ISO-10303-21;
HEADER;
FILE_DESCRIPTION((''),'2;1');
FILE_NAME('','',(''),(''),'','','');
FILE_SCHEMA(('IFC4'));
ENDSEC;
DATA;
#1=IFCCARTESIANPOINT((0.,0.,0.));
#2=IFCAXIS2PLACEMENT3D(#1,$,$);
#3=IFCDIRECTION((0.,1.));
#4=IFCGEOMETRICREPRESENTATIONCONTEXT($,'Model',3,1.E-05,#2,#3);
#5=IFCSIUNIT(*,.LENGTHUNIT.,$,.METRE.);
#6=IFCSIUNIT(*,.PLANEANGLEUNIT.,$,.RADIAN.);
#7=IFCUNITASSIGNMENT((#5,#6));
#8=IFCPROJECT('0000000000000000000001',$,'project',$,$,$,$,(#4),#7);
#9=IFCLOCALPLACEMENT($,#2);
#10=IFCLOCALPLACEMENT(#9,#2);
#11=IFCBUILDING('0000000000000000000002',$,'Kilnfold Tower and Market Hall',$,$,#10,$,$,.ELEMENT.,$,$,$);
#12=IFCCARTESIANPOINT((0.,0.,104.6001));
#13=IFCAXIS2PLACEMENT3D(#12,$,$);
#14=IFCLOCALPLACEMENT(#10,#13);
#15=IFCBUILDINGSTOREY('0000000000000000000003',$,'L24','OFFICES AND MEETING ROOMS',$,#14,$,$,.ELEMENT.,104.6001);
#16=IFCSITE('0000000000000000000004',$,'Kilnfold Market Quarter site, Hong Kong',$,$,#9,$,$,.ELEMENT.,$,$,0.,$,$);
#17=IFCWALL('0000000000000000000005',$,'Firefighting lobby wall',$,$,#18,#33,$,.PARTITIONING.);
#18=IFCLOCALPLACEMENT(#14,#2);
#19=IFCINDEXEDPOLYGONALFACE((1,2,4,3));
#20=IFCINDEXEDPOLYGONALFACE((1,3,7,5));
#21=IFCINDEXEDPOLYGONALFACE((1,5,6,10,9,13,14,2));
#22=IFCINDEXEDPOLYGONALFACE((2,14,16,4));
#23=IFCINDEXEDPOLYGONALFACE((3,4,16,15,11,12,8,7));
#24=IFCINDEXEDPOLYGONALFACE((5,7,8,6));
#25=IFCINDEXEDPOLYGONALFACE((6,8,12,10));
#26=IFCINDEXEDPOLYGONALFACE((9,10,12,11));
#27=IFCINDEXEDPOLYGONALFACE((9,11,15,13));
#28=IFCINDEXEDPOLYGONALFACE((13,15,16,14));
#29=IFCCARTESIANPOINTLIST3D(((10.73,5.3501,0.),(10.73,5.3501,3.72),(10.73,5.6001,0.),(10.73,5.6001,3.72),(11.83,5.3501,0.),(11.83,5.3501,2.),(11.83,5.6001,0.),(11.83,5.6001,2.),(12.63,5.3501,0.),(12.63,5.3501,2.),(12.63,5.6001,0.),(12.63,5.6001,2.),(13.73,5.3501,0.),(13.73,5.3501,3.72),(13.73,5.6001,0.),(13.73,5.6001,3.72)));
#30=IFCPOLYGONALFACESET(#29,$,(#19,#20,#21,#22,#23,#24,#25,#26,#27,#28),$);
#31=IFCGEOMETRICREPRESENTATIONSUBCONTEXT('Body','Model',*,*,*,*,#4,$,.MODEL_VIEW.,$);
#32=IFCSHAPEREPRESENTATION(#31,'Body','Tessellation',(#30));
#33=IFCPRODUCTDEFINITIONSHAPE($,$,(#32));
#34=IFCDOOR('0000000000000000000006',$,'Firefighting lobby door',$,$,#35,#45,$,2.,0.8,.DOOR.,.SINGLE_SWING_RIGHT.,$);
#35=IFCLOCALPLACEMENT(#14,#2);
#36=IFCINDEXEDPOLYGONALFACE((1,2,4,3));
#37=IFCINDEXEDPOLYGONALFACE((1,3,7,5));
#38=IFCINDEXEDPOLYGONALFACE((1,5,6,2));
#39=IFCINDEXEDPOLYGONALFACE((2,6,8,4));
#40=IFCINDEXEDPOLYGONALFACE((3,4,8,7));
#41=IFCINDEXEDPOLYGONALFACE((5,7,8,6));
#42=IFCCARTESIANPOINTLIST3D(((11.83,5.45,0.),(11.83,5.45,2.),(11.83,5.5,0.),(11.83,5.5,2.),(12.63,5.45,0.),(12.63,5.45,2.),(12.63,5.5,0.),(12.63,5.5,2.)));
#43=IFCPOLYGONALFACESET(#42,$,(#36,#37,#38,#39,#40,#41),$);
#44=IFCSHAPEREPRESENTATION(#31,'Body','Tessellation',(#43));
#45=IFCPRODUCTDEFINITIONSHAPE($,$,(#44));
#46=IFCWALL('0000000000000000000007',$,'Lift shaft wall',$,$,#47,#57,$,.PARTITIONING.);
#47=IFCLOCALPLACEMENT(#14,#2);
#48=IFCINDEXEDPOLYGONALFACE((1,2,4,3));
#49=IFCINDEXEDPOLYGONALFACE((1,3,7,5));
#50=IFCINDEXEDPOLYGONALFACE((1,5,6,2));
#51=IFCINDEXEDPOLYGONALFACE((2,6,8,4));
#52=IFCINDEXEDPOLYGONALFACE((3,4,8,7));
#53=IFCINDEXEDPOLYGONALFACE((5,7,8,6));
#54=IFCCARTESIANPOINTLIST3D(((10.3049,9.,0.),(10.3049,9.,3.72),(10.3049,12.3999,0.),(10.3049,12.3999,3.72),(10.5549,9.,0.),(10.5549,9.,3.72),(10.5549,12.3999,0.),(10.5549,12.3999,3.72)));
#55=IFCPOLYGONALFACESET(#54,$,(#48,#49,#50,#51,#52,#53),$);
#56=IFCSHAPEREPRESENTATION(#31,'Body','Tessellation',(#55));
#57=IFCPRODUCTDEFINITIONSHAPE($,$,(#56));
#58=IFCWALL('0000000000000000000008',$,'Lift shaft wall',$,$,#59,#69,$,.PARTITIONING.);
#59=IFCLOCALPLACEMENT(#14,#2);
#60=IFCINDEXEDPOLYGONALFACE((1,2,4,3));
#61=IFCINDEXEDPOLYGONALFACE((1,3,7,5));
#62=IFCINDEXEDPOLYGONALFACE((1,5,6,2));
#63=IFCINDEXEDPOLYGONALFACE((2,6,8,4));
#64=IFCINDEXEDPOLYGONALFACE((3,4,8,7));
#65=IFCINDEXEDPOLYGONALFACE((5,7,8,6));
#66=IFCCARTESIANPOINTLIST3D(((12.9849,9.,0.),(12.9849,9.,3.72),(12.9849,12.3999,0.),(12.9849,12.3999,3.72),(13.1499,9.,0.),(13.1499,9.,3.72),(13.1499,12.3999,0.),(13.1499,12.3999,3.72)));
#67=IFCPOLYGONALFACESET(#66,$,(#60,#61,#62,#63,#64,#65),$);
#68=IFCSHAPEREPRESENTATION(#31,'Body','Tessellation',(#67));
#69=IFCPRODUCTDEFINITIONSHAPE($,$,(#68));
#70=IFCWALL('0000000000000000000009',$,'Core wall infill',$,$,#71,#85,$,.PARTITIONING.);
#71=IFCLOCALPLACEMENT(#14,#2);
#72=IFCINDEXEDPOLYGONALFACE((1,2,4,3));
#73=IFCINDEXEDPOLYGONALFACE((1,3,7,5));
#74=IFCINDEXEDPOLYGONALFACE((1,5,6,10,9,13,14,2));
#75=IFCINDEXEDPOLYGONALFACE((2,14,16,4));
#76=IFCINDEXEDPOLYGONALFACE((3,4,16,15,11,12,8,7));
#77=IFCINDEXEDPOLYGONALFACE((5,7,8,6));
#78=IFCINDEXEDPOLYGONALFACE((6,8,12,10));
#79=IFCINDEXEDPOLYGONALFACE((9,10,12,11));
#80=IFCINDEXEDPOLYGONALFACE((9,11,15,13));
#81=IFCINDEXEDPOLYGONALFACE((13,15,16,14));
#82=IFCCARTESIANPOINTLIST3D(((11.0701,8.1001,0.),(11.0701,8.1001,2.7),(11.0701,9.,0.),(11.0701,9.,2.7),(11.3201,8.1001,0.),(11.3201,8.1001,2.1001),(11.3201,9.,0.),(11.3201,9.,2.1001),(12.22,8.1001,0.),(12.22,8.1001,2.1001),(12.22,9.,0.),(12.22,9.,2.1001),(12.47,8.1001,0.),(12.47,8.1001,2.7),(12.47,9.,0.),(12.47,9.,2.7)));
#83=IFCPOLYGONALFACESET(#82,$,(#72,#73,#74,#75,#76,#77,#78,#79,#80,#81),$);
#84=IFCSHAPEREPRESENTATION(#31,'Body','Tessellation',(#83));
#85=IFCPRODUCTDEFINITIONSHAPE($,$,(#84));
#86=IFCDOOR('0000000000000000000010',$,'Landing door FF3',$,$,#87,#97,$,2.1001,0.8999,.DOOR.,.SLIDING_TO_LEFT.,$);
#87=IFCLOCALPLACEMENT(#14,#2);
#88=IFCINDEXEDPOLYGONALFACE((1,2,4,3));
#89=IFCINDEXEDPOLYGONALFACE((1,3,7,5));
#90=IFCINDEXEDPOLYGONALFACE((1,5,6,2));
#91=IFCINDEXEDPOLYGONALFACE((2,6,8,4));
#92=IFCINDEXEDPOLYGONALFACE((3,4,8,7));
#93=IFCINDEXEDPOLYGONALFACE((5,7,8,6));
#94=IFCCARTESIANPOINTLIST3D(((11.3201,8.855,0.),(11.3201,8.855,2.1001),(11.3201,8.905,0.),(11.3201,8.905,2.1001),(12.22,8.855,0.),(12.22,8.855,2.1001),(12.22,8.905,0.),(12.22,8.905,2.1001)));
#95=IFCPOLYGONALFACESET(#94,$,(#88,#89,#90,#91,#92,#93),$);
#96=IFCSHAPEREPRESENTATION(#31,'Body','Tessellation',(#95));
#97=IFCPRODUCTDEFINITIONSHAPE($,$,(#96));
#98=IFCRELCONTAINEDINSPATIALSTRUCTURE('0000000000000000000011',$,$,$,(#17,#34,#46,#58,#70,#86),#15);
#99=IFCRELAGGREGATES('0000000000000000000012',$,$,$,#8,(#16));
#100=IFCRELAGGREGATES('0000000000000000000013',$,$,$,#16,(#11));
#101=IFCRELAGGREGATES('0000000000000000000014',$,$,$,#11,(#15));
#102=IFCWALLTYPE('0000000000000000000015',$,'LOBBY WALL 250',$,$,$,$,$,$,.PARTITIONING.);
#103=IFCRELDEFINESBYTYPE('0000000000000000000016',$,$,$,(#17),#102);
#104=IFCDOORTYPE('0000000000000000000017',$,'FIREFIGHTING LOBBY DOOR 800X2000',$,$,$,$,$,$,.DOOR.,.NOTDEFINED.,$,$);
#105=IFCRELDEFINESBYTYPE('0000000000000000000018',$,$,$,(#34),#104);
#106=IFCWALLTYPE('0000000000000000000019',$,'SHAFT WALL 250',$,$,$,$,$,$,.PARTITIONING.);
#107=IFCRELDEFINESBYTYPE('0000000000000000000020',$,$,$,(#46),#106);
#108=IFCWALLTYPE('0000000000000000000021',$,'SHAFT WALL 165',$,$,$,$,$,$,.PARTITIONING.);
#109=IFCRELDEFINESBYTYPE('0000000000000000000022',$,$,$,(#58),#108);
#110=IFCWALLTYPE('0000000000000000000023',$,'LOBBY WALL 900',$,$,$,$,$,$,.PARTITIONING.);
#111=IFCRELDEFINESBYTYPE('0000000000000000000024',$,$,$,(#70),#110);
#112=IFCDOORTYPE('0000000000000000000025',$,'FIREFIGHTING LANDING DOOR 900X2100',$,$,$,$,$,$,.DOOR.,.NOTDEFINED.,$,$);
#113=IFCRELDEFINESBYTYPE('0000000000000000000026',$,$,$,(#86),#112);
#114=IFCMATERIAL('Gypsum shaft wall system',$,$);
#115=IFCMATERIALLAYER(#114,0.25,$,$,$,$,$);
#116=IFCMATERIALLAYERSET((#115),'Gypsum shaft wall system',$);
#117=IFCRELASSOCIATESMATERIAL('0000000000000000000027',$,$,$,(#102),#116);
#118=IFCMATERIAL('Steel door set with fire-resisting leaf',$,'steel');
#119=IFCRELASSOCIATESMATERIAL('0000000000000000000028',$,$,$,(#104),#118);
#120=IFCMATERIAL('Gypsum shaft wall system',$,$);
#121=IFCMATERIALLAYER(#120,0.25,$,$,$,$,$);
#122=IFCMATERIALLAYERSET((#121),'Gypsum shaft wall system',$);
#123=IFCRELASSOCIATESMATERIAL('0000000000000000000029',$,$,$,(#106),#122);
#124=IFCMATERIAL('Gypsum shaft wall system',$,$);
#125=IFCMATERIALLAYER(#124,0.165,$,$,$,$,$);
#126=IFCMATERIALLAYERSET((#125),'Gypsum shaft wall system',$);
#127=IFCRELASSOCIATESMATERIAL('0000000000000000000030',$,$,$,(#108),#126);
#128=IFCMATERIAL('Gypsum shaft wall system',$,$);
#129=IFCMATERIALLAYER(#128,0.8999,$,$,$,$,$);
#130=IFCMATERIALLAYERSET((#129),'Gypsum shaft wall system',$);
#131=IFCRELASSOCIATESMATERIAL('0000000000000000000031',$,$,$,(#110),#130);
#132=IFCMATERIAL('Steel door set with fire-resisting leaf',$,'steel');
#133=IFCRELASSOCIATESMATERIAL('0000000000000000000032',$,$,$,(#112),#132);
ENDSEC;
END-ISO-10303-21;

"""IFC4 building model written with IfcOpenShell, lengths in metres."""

from ifc_helpers import new_model, si_unit, direction, frame, frame_2d, origin, place, context, subcontext, project, spatial, rectangle, extrude, source, transform, mapped, material, layer, layer_set, type_object, element, fill, save


model = new_model("IFC4")

# Units and contexts
model_context = context("Model", 3, precision=1e-05, world=origin(), true_north=direction((0.0, 1.0)))
body_context = subcontext(model_context, "Body", "Model", "MODEL_VIEW")
ifc_project = project(units=[si_unit("LENGTHUNIT", "METRE"), si_unit("PLANEANGLEUNIT", "RADIAN")], contexts=[model_context])

# Site, building, storey
site_placement = place(None, origin())
site = spatial("IfcSite", under=ifc_project, at=site_placement, Name="Kilnfold Market Quarter site, Hong Kong", CompositionType="ELEMENT", RefElevation=0.0)
building_placement = place(site_placement, origin())
building = spatial("IfcBuilding", under=site, at=building_placement, Name="Kilnfold Tower and Market Hall", CompositionType="ELEMENT")
storey_placement = place(building_placement, frame((0.0, 0.0, 104.6001)))
storey = spatial("IfcBuildingStorey", under=building, at=storey_placement, Name="L24", Description="OFFICES AND MEETING ROOMS", CompositionType="ELEMENT", Elevation=104.6001)

# Shared definitions
ifc_material_1 = material(Name="Gypsum shaft wall system")
ifc_layer_1 = layer(ifc_material_1, 0.25)
ifc_layer_set_1 = layer_set([ifc_layer_1], Name="Gypsum shaft wall system")
wall_type_1 = type_object("IfcWallType", Name="LOBBY WALL 250", PredefinedType="PARTITIONING", material=ifc_layer_set_1)

# Wall, opening, door
shared_shape_1 = source(origin(), body_context, "Body", "SweptSolid", [
    extrude(rectangle(XDim=3.0, YDim=0.25, at=frame_2d((1.5, 0.0))), origin(), (0.0, 0.0, 1.0), 3.72),
])
wall_1_placement = place(storey_placement, frame((10.73, 5.4751, 0.0), z_axis=(0.0, 0.0, 1.0), x_axis=(1.0, 0.0, 0.0)))
wall_1 = element("IfcWall", 1, at=wall_1_placement, inside=storey, type_object=wall_type_1, Name="Firefighting lobby wall", PredefinedType="PARTITIONING", context=body_context, shape_type="MappedRepresentation", body=[
    mapped(shared_shape_1, transform((0.0, 0.0, 0.0))),
])
opening_1_placement = place(wall_1_placement, frame((1.1001, 0.0, 0.0)))
opening_1 = element("IfcOpeningElement", 2, at=opening_1_placement, cuts=wall_1, PredefinedType="OPENING", context=body_context, shape_type="SweptSolid", body=[
    extrude(rectangle(XDim=0.8, YDim=2.0, at=frame_2d((0.3999, 1.0))), frame((0.0, 0.135, 0.0), z_axis=(0.0, -1.0, 0.0), x_axis=(1.0, 0.0, 0.0)), (0.0, 0.0, 1.0), 0.27),
])
ifc_material_2 = material(Name="Steel door set with fire-resisting leaf", Category="steel")
door_type_1 = type_object("IfcDoorType", Name="FIREFIGHTING LOBBY DOOR 800X2000", OperationType="NOTDEFINED", PredefinedType="DOOR", material=ifc_material_2)
door_1_placement = place(opening_1_placement, origin())
door_1 = element("IfcDoor", 3, at=door_1_placement, inside=storey, type_object=door_type_1, Name="Firefighting lobby door", OperationType="SINGLE_SWING_RIGHT", OverallHeight=2.0, OverallWidth=0.8, PredefinedType="DOOR", context=body_context, shape_type="SweptSolid", body=[
    extrude(rectangle(XDim=0.8, YDim=2.0, at=frame_2d((0.3999, 1.0))), frame((0.0, 0.0249, 0.0), z_axis=(0.0, -1.0, 0.0), x_axis=(1.0, 0.0, 0.0)), (0.0, 0.0, 1.0), 0.05),
])
fill(opening_1, door_1)

# Walls
ifc_material_3 = material(Name="Gypsum shaft wall system")
ifc_layer_2 = layer(ifc_material_3, 0.25)
ifc_layer_set_2 = layer_set([ifc_layer_2], Name="Gypsum shaft wall system")
wall_type_2 = type_object("IfcWallType", Name="SHAFT WALL 250", PredefinedType="PARTITIONING", material=ifc_layer_set_2)
shared_shape_2 = source(origin(), body_context, "Body", "SweptSolid", [
    extrude(rectangle(XDim=3.3999, YDim=0.25, at=frame_2d((1.7, 0.0))), origin(), (0.0, 0.0, 1.0), 3.72),
])
wall_2_placement = place(storey_placement, frame((10.4299, 9.0, 0.0), z_axis=(0.0, 0.0, 1.0), x_axis=(0.0, 1.0, 0.0)))
element("IfcWall", 4, at=wall_2_placement, inside=storey, type_object=wall_type_2, Name="Lift shaft wall", PredefinedType="PARTITIONING", context=body_context, shape_type="MappedRepresentation", body=[
    mapped(shared_shape_2, transform((0.0, 0.0, 0.0))),
])
ifc_material_4 = material(Name="Gypsum shaft wall system")
ifc_layer_3 = layer(ifc_material_4, 0.165)
ifc_layer_set_3 = layer_set([ifc_layer_3], Name="Gypsum shaft wall system")
wall_type_3 = type_object("IfcWallType", Name="SHAFT WALL 165", PredefinedType="PARTITIONING", material=ifc_layer_set_3)
shared_shape_3 = source(origin(), body_context, "Body", "SweptSolid", [
    extrude(rectangle(XDim=3.3999, YDim=0.165, at=frame_2d((1.7, 0.0))), origin(), (0.0, 0.0, 1.0), 3.72),
])
wall_3_placement = place(storey_placement, frame((13.0674, 9.0, 0.0), z_axis=(0.0, 0.0, 1.0), x_axis=(0.0, 1.0, 0.0)))
element("IfcWall", 5, at=wall_3_placement, inside=storey, type_object=wall_type_3, Name="Lift shaft wall", PredefinedType="PARTITIONING", context=body_context, shape_type="MappedRepresentation", body=[
    mapped(shared_shape_3, transform((0.0, 0.0, 0.0))),
])

# Wall, opening, door
ifc_material_5 = material(Name="Gypsum shaft wall system")
ifc_layer_4 = layer(ifc_material_5, 0.8999)
ifc_layer_set_4 = layer_set([ifc_layer_4], Name="Gypsum shaft wall system")
wall_type_4 = type_object("IfcWallType", Name="LOBBY WALL 900", PredefinedType="PARTITIONING", material=ifc_layer_set_4)
shared_shape_4 = source(origin(), body_context, "Body", "SweptSolid", [
    extrude(rectangle(XDim=1.3999, YDim=0.8999, at=frame_2d((0.7, 0.0))), origin(), (0.0, 0.0, 1.0), 2.7),
])
wall_4_placement = place(storey_placement, frame((11.0701, 8.55, 0.0), z_axis=(0.0, 0.0, 1.0), x_axis=(1.0, 0.0, 0.0)))
wall_4 = element("IfcWall", 6, at=wall_4_placement, inside=storey, type_object=wall_type_4, Name="Core wall infill", PredefinedType="PARTITIONING", context=body_context, shape_type="MappedRepresentation", body=[
    mapped(shared_shape_4, transform((0.0, 0.0, 0.0))),
])
opening_2_placement = place(wall_4_placement, frame((0.25, 0.0, 0.0)))
opening_2 = element("IfcOpeningElement", 7, at=opening_2_placement, cuts=wall_4, PredefinedType="OPENING", context=body_context, shape_type="SweptSolid", body=[
    extrude(rectangle(XDim=0.8999, YDim=2.1001, at=frame_2d((0.45, 1.05))), frame((0.0, 0.46, 0.0), z_axis=(0.0, -1.0, 0.0), x_axis=(1.0, 0.0, 0.0)), (0.0, 0.0, 1.0), 0.9199),
])
ifc_material_6 = material(Name="Steel door set with fire-resisting leaf", Category="steel")
door_type_2 = type_object("IfcDoorType", Name="FIREFIGHTING LANDING DOOR 900X2100", OperationType="NOTDEFINED", PredefinedType="DOOR", material=ifc_material_6)
door_2_placement = place(opening_2_placement, origin())
door_2 = element("IfcDoor", 8, at=door_2_placement, inside=storey, type_object=door_type_2, Name="Landing door FF3", OperationType="SLIDING_TO_LEFT", OverallHeight=2.1001, OverallWidth=0.8999, PredefinedType="DOOR", context=body_context, shape_type="SweptSolid", body=[
    extrude(rectangle(XDim=0.8999, YDim=2.1001, at=frame_2d((0.45, 1.05))), frame((0.0, 0.355, 0.0), z_axis=(0.0, -1.0, 0.0), x_axis=(1.0, 0.0, 0.0)), (0.0, 0.0, 1.0), 0.05),
])
fill(opening_2, door_2)

save(model, "model.ifc")
